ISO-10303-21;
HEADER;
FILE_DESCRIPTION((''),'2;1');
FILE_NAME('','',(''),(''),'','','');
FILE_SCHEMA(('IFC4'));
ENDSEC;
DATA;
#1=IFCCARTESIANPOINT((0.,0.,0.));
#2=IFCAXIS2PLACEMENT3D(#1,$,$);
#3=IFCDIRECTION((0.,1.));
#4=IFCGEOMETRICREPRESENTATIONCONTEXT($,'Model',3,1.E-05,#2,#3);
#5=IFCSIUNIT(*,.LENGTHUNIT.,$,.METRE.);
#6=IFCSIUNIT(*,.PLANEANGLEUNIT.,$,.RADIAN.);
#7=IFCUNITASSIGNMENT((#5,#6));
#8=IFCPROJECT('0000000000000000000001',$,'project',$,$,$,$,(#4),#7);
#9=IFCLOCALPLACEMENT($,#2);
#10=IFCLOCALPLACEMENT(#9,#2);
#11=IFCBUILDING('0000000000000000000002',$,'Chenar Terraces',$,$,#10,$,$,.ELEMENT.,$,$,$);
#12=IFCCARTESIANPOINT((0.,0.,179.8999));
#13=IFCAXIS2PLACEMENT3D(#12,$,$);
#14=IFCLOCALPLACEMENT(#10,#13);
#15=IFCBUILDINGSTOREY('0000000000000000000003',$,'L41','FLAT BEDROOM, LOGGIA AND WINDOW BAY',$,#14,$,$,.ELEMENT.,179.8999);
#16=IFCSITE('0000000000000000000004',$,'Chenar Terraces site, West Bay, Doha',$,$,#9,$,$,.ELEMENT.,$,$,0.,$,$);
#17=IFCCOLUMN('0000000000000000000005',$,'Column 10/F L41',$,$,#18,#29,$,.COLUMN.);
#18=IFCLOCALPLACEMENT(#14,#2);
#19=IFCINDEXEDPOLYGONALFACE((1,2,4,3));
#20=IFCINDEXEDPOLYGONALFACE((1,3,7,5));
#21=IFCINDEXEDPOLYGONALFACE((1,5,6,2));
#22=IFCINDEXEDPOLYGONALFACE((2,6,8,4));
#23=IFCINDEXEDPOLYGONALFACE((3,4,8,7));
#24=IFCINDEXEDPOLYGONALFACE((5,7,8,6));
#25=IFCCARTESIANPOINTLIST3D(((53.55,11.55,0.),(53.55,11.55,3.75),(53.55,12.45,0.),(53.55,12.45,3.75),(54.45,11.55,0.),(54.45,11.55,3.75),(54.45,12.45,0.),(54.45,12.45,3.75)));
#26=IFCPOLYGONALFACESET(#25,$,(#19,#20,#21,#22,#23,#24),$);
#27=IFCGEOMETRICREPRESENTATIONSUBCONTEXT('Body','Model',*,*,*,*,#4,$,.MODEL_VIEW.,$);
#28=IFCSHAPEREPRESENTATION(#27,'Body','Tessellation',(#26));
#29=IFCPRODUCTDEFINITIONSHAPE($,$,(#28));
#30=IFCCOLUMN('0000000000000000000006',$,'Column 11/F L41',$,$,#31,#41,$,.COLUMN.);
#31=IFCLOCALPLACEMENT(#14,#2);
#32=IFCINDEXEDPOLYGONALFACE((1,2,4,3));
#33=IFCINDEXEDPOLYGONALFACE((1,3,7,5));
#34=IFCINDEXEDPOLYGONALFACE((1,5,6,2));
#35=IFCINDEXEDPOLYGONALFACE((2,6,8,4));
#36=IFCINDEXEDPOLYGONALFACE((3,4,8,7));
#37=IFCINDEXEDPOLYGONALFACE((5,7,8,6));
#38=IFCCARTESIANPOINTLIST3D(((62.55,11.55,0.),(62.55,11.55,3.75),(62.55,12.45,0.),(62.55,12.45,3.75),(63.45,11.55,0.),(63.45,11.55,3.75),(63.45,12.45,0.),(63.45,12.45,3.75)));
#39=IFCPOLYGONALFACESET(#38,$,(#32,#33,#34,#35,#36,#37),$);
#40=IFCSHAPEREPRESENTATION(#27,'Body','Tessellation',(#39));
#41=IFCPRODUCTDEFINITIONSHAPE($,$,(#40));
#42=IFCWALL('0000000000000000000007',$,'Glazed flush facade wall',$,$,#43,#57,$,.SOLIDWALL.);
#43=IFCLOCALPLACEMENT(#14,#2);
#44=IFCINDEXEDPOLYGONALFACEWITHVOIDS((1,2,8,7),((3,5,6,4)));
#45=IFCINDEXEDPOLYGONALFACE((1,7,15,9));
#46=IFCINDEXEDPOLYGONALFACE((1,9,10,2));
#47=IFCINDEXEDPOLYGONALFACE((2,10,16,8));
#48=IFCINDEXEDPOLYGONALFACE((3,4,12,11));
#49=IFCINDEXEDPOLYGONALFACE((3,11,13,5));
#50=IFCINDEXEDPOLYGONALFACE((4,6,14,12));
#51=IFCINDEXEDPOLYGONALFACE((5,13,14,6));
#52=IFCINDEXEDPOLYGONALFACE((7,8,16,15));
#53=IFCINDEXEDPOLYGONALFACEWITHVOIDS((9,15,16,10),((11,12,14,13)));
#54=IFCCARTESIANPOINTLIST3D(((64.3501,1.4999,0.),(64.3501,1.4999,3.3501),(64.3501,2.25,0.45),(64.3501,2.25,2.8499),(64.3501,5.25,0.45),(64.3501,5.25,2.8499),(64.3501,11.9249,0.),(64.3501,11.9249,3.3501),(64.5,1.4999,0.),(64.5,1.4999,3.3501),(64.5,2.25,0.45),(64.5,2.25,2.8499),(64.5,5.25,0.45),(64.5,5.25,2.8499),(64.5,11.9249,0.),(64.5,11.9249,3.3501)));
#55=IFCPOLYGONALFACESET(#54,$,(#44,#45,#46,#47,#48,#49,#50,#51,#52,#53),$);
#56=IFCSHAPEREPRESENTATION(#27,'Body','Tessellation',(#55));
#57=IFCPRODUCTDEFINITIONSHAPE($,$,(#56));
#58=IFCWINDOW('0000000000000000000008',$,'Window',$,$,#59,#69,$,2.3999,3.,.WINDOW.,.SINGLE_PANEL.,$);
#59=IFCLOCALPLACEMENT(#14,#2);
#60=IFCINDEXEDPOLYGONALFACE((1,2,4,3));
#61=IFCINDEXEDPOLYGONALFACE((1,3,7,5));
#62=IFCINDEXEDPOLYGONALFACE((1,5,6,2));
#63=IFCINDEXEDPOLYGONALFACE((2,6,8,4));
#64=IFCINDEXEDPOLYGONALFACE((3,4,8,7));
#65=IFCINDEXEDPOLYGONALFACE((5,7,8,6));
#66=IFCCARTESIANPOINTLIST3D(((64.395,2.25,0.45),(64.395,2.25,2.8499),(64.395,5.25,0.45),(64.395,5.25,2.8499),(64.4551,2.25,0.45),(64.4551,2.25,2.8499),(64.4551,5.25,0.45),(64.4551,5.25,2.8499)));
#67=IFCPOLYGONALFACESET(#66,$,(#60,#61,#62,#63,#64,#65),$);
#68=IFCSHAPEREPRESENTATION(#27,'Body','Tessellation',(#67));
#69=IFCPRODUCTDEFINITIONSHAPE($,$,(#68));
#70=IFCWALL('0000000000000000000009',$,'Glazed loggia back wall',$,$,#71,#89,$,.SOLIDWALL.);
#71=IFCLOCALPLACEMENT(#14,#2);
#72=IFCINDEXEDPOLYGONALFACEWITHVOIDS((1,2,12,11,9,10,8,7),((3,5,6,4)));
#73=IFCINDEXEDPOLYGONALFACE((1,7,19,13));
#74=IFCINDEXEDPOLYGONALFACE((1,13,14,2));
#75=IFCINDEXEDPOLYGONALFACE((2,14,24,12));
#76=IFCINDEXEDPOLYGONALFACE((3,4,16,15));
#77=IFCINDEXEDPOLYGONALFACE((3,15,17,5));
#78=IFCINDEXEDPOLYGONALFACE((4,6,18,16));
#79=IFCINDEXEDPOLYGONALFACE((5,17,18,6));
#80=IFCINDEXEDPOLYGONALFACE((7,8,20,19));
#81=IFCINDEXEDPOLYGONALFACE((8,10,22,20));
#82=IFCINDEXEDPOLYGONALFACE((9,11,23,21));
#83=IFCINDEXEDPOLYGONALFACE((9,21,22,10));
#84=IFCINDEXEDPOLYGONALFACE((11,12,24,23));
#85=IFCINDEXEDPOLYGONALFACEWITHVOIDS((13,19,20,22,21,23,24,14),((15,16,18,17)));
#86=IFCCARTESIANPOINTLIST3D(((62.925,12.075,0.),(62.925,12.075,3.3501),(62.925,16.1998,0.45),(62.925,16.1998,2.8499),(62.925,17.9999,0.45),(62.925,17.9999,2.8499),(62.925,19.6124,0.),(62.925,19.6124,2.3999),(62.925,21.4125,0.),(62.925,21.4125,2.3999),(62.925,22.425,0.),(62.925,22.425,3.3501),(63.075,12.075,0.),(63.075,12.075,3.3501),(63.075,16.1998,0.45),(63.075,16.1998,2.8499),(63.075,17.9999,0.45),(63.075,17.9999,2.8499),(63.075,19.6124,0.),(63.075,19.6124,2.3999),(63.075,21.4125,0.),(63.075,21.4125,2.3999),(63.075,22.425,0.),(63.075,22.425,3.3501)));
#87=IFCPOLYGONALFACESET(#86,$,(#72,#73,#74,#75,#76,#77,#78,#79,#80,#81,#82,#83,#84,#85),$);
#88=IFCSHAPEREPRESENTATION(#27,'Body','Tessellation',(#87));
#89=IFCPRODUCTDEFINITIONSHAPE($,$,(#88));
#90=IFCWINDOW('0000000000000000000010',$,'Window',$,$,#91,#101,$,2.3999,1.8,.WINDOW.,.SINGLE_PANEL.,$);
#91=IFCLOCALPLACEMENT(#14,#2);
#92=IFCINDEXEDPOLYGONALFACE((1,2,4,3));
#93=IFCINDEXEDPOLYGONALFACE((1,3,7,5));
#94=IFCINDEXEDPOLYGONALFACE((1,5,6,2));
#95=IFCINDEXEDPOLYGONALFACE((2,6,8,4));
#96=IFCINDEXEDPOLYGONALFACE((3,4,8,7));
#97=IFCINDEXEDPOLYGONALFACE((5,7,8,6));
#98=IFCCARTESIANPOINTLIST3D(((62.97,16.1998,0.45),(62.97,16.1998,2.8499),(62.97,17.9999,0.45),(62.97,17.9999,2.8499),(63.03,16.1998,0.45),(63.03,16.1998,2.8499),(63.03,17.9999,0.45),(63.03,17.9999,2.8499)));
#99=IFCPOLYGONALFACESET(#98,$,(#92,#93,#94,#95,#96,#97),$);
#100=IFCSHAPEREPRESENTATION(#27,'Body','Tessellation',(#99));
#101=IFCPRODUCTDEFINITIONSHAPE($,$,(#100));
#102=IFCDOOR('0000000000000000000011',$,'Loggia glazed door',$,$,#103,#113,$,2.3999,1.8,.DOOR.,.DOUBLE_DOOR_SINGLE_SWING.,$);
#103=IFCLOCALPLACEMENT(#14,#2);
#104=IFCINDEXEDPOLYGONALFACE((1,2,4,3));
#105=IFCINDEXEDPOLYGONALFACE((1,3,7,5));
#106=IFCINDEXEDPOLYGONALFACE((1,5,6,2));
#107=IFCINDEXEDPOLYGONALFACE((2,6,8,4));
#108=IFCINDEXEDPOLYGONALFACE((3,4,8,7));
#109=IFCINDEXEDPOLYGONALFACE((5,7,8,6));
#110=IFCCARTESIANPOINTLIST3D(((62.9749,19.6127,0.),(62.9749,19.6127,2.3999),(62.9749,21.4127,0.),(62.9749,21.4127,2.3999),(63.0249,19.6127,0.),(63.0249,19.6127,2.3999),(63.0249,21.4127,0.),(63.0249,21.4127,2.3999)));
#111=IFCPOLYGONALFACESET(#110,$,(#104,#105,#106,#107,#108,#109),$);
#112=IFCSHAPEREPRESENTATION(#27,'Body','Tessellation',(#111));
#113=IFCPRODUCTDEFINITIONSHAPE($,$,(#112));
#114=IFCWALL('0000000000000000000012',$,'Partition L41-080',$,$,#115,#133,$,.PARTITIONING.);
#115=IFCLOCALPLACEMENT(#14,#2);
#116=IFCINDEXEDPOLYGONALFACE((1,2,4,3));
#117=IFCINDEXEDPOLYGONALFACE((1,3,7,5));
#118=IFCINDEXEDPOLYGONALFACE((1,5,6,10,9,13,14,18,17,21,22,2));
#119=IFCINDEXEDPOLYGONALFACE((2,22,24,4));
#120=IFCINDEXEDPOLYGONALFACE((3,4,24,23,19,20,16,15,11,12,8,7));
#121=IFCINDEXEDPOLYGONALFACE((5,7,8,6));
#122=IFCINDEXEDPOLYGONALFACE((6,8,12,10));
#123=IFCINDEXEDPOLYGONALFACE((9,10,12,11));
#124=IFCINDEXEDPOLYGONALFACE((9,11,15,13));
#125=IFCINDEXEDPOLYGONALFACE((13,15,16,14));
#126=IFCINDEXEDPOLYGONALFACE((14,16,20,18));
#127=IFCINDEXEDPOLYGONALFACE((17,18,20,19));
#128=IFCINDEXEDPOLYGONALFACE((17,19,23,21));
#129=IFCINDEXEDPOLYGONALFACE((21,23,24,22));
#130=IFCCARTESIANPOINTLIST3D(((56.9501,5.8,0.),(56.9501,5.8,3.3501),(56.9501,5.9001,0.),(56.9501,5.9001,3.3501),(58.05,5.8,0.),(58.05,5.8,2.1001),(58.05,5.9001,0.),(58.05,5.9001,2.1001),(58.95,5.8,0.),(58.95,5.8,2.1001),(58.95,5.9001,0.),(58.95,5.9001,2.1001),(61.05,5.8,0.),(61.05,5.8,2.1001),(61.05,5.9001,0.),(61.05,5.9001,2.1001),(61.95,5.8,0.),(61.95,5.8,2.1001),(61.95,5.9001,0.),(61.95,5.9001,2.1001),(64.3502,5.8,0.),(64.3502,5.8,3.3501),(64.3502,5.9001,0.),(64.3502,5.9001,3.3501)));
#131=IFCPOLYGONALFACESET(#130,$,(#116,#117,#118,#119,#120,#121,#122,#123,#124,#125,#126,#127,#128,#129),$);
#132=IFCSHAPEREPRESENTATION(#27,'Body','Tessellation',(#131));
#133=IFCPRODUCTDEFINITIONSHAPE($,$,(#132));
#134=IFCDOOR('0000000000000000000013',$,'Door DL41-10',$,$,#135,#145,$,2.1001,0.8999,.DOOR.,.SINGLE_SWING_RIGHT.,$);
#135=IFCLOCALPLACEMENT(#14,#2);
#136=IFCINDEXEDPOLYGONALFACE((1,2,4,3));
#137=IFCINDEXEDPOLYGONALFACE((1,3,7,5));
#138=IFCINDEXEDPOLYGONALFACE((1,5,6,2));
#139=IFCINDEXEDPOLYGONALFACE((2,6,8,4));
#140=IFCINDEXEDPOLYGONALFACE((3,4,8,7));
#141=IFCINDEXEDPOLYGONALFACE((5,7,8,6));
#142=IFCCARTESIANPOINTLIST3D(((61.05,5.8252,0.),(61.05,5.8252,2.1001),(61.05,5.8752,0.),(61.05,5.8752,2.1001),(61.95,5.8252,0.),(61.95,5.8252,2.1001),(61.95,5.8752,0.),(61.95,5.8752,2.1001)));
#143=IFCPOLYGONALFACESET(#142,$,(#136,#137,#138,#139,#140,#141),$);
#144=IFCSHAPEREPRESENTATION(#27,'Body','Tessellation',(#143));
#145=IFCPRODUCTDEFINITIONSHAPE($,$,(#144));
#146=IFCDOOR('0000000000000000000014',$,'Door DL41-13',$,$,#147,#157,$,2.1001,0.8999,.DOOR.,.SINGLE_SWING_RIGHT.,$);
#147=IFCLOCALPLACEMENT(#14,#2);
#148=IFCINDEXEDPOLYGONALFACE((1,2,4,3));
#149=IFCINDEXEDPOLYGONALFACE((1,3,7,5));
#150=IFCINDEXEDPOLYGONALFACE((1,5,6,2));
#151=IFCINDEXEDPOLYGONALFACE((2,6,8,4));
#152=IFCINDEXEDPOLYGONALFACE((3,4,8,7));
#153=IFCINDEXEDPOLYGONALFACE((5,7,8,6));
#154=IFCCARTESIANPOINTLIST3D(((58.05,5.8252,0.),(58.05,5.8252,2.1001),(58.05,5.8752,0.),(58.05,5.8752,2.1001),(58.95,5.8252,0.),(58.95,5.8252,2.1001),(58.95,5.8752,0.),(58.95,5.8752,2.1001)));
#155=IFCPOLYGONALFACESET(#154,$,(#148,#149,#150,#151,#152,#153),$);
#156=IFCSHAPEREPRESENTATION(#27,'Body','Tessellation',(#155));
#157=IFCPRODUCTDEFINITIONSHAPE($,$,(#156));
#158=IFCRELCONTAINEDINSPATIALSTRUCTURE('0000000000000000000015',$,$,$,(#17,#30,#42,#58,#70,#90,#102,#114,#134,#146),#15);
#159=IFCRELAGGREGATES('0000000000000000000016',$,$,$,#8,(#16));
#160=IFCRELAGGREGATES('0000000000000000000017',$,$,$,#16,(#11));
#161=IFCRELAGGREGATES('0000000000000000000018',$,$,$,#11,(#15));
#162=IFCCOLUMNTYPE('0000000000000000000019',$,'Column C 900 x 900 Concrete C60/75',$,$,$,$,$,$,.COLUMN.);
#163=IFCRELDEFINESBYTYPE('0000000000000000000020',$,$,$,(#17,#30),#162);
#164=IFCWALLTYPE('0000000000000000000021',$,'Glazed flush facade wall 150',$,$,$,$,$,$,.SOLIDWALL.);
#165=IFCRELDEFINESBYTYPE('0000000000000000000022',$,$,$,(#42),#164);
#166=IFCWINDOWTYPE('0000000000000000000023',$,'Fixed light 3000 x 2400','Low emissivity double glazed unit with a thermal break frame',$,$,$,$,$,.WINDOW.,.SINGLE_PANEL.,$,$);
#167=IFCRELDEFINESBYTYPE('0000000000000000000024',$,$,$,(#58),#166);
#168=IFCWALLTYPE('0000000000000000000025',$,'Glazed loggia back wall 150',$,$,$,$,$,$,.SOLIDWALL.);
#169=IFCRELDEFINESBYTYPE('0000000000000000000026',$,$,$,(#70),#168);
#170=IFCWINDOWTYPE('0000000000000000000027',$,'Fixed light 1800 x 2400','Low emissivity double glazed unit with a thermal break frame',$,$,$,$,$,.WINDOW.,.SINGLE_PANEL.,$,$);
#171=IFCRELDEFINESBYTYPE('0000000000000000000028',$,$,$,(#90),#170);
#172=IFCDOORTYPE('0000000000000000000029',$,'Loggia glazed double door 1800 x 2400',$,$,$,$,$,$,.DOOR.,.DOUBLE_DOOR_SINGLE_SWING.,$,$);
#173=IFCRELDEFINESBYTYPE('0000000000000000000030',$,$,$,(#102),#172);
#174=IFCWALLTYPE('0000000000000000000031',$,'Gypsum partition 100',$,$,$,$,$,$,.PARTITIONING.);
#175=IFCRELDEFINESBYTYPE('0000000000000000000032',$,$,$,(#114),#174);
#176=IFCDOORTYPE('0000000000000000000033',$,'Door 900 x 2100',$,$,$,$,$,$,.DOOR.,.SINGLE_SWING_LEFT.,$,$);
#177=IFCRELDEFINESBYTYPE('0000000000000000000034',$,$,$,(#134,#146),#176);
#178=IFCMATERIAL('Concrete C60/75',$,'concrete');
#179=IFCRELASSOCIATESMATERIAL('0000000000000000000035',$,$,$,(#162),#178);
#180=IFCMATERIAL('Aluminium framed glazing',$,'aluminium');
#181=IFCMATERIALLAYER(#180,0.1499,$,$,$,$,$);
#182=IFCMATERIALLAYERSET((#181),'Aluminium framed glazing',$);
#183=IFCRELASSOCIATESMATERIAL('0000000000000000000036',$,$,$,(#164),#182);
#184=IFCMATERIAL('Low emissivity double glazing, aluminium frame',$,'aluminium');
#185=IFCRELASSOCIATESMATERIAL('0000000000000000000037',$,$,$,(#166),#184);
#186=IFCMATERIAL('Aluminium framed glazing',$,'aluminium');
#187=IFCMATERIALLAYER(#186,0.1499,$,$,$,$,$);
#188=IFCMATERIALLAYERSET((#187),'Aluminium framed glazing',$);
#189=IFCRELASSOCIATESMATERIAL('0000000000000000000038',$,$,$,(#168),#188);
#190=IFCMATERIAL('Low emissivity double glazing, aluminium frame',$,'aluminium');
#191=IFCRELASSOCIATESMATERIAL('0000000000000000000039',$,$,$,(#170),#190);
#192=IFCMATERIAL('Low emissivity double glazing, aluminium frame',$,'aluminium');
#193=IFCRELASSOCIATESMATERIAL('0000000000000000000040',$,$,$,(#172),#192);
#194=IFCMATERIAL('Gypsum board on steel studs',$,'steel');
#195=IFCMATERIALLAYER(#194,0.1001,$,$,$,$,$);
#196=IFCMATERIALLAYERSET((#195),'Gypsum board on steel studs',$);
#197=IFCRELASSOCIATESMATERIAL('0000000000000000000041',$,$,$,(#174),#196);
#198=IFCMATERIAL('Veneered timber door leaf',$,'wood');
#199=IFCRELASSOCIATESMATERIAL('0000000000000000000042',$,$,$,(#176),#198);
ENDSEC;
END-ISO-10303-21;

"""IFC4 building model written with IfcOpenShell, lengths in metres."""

from ifc_helpers import new_model, si_unit, direction, frame, frame_2d, origin, origin_2d, place, context, subcontext, project, spatial, rectangle, extrude, material, layer, layer_set, material_profile, profile_set, type_object, element, fill, save


model = new_model("IFC4")

# Units and contexts
model_context = context("Model", 3, precision=1e-05, world=origin(), true_north=direction((0.0, 1.0)))
body_context = subcontext(model_context, "Body", "Model", "MODEL_VIEW")
ifc_project = project(units=[si_unit("LENGTHUNIT", "METRE"), si_unit("PLANEANGLEUNIT", "RADIAN")], contexts=[model_context])

# Site, building, storey
site_placement = place(None, origin())
site = spatial("IfcSite", under=ifc_project, at=site_placement, Name="Chenar Terraces site, West Bay, Doha", CompositionType="ELEMENT", RefElevation=0.0)
building_placement = place(site_placement, origin())
building = spatial("IfcBuilding", under=site, at=building_placement, Name="Chenar Terraces", CompositionType="ELEMENT")
storey_placement = place(building_placement, frame((0.0, 0.0, 179.8999)))
storey = spatial("IfcBuildingStorey", under=building, at=storey_placement, Name="L41", Description="FLAT BEDROOM, LOGGIA AND WINDOW BAY", CompositionType="ELEMENT", Elevation=179.8999)

# Columns
ifc_material_1 = material(Name="Concrete C60/75", Category="concrete")
ifc_material_profile_1 = material_profile(ifc_material_1, rectangle(XDim=0.8999, YDim=0.8999, at=origin_2d()), Name="C 900 x 900")
ifc_profile_set_1 = profile_set([ifc_material_profile_1], Name="Concrete C60/75")
column_type = type_object("IfcColumnType", Name="Column C 900 x 900 Concrete C60/75", PredefinedType="COLUMN", material=ifc_profile_set_1)
for number, where, z_axis, x_axis, name in (
    (1, (54.0, 12.0, 0.0), (0.0, 0.0, 1.0), (1.0, 0.0, 0.0), "Column 10/F L41"),
    (2, (63.0, 12.0, 0.0), (0.0, 0.0, 1.0), (1.0, 0.0, 0.0), "Column 11/F L41"),
):
    element("IfcColumn", number, at=place(storey_placement, frame(where, z_axis=z_axis, x_axis=x_axis)), inside=storey, type_object=column_type, Name=name, PredefinedType="COLUMN", context=body_context, shape_type="SweptSolid", body=[
        extrude(rectangle(XDim=0.8999, YDim=0.8999, at=origin_2d()), origin(), (0.0, 0.0, 1.0), 3.75),
    ])

# Wall, opening, window
ifc_material_2 = material(Name="Aluminium framed glazing", Category="aluminium")
ifc_layer_1 = layer(ifc_material_2, 0.1499)
ifc_layer_set_1 = layer_set([ifc_layer_1], Name="Aluminium framed glazing")
wall_type_1 = type_object("IfcWallType", Name="Glazed flush facade wall 150", PredefinedType="SOLIDWALL", material=ifc_layer_set_1)
wall_1_placement = place(storey_placement, frame((64.425, 1.5, 0.0), z_axis=(0.0, 0.0, 1.0), x_axis=(0.0, 1.0, 0.0)))
wall_1 = element("IfcWall", 3, at=wall_1_placement, inside=storey, type_object=wall_type_1, Name="Glazed flush facade wall", PredefinedType="SOLIDWALL", context=body_context, shape_type="SweptSolid", body=[
    extrude(rectangle(XDim=10.425, YDim=0.1499, at=frame_2d((5.2124, 0.0))), origin(), (0.0, 0.0, 1.0), 3.3501),
])
opening_1_placement = place(wall_1_placement, frame((0.75, 0.0, 0.45)))
opening_1 = element("IfcOpeningElement", 4, at=opening_1_placement, cuts=wall_1, PredefinedType="OPENING", context=body_context, shape_type="SweptSolid", body=[
    extrude(rectangle(XDim=3.0, YDim=2.3999, at=frame_2d((1.5, 1.2))), frame((0.0, 0.085, 0.0), z_axis=(0.0, -1.0, 0.0), x_axis=(1.0, 0.0, 0.0)), (0.0, 0.0, 1.0), 0.1699),
])
ifc_material_3 = material(Name="Low emissivity double glazing, aluminium frame", Category="aluminium")
window_type_1 = type_object("IfcWindowType", Name="Fixed light 3000 x 2400", Description="Low emissivity double glazed unit with a thermal break frame", PartitioningType="SINGLE_PANEL", PredefinedType="WINDOW", material=ifc_material_3)
window_1_placement = place(opening_1_placement, origin())
window_1 = element("IfcWindow", 5, at=window_1_placement, inside=storey, type_object=window_type_1, Name="Window", OverallHeight=2.3999, OverallWidth=3.0, PartitioningType="SINGLE_PANEL", PredefinedType="WINDOW", context=body_context, shape_type="SweptSolid", body=[
    extrude(rectangle(XDim=3.0, YDim=2.3999, at=frame_2d((1.5, 1.2))), frame((0.0, 0.03, 0.0), z_axis=(0.0, -1.0, 0.0), x_axis=(1.0, 0.0, 0.0)), (0.0, 0.0, 1.0), 0.0601),
])
fill(opening_1, window_1)

# Wall, openings, window, door
ifc_material_4 = material(Name="Aluminium framed glazing", Category="aluminium")
ifc_layer_2 = layer(ifc_material_4, 0.1499)
ifc_layer_set_2 = layer_set([ifc_layer_2], Name="Aluminium framed glazing")
wall_type_2 = type_object("IfcWallType", Name="Glazed loggia back wall 150", PredefinedType="SOLIDWALL", material=ifc_layer_set_2)
wall_2_placement = place(storey_placement, frame((63.0, 12.075, 0.0), z_axis=(0.0, 0.0, 1.0), x_axis=(0.0, 1.0, 0.0)))
wall_2 = element("IfcWall", 6, at=wall_2_placement, inside=storey, type_object=wall_type_2, Name="Glazed loggia back wall", PredefinedType="SOLIDWALL", context=body_context, shape_type="SweptSolid", body=[
    extrude(rectangle(XDim=10.3501, YDim=0.1499, at=frame_2d((5.175, 0.0))), origin(), (0.0, 0.0, 1.0), 3.3501),
])
opening_2_placement = place(wall_2_placement, frame((4.125, 0.0, 0.45)))
opening_2 = element("IfcOpeningElement", 7, at=opening_2_placement, cuts=wall_2, PredefinedType="OPENING", context=body_context, shape_type="SweptSolid", body=[
    extrude(rectangle(XDim=1.8, YDim=2.3999, at=frame_2d((0.8999, 1.2))), frame((0.0, 0.085, 0.0), z_axis=(0.0, -1.0, 0.0), x_axis=(1.0, 0.0, 0.0)), (0.0, 0.0, 1.0), 0.1699),
])
opening_3_placement = place(wall_2_placement, frame((7.5376, 0.0, 0.0)))
opening_3 = element("IfcOpeningElement", 8, at=opening_3_placement, cuts=wall_2, PredefinedType="OPENING", context=body_context, shape_type="SweptSolid", body=[
    extrude(rectangle(XDim=1.8, YDim=2.3999, at=frame_2d((0.8999, 1.2))), frame((0.0, 0.085, 0.0), z_axis=(0.0, -1.0, 0.0), x_axis=(1.0, 0.0, 0.0)), (0.0, 0.0, 1.0), 0.1699),
])
ifc_material_5 = material(Name="Low emissivity double glazing, aluminium frame", Category="aluminium")
window_type_2 = type_object("IfcWindowType", Name="Fixed light 1800 x 2400", Description="Low emissivity double glazed unit with a thermal break frame", PartitioningType="SINGLE_PANEL", PredefinedType="WINDOW", material=ifc_material_5)
window_2_placement = place(opening_2_placement, origin())
window_2 = element("IfcWindow", 9, at=window_2_placement, inside=storey, type_object=window_type_2, Name="Window", OverallHeight=2.3999, OverallWidth=1.8, PartitioningType="SINGLE_PANEL", PredefinedType="WINDOW", context=body_context, shape_type="SweptSolid", body=[
    extrude(rectangle(XDim=1.8, YDim=2.3999, at=frame_2d((0.8999, 1.2))), frame((0.0, 0.03, 0.0), z_axis=(0.0, -1.0, 0.0), x_axis=(1.0, 0.0, 0.0)), (0.0, 0.0, 1.0), 0.0601),
])
fill(opening_2, window_2)
ifc_material_6 = material(Name="Low emissivity double glazing, aluminium frame", Category="aluminium")
door_type_1 = type_object("IfcDoorType", Name="Loggia glazed double door 1800 x 2400", OperationType="DOUBLE_DOOR_SINGLE_SWING", PredefinedType="DOOR", material=ifc_material_6)
door_1_placement = place(opening_3_placement, frame((1.8, 0.0, 0.0), z_axis=(0.0, 0.0, 1.0), x_axis=(-1.0, 0.0, 0.0)))
door_1 = element("IfcDoor", 10, at=door_1_placement, inside=storey, type_object=door_type_1, Name="Loggia glazed door", OperationType="DOUBLE_DOOR_SINGLE_SWING", OverallHeight=2.3999, OverallWidth=1.8, PredefinedType="DOOR", context=body_context, shape_type="SweptSolid", body=[
    extrude(rectangle(XDim=1.8, YDim=2.3999, at=frame_2d((0.8999, 1.2))), frame((0.0, 0.0249, 0.0), z_axis=(0.0, -1.0, 0.0), x_axis=(1.0, 0.0, 0.0)), (0.0, 0.0, 1.0), 0.05),
])
fill(opening_3, door_1)

# Wall, openings, doors
ifc_material_7 = material(Name="Gypsum board on steel studs", Category="steel")
ifc_layer_3 = layer(ifc_material_7, 0.1001)
ifc_layer_set_3 = layer_set([ifc_layer_3], Name="Gypsum board on steel studs")
wall_type_3 = type_object("IfcWallType", Name="Gypsum partition 100", PredefinedType="PARTITIONING", material=ifc_layer_set_3)
wall_3_placement = place(storey_placement, frame((56.95, 5.8501, 0.0), z_axis=(0.0, 0.0, 1.0), x_axis=(1.0, 0.0, 0.0)))
wall_3 = element("IfcWall", 11, at=wall_3_placement, inside=storey, type_object=wall_type_3, Name="Partition L41-080", PredefinedType="PARTITIONING", context=body_context, shape_type="SweptSolid", body=[
    extrude(rectangle(XDim=7.4001, YDim=0.1001, at=frame_2d((3.7002, 0.0))), origin(), (0.0, 0.0, 1.0), 3.3501),
])
opening_4_placement = place(wall_3_placement, frame((4.1001, 0.0, 0.0)))
opening_4 = element("IfcOpeningElement", 12, at=opening_4_placement, cuts=wall_3, PredefinedType="OPENING", context=body_context, shape_type="SweptSolid", body=[
    extrude(rectangle(XDim=0.8999, YDim=2.1001, at=frame_2d((0.45, 1.05))), frame((0.0, 0.0601, 0.0), z_axis=(0.0, -1.0, 0.0), x_axis=(1.0, 0.0, 0.0)), (0.0, 0.0, 1.0), 0.1201),
])
opening_5_placement = place(wall_3_placement, frame((1.1001, 0.0, 0.0)))
opening_5 = element("IfcOpeningElement", 13, at=opening_5_placement, cuts=wall_3, PredefinedType="OPENING", context=body_context, shape_type="SweptSolid", body=[
    extrude(rectangle(XDim=0.8999, YDim=2.1001, at=frame_2d((0.45, 1.05))), frame((0.0, 0.0601, 0.0), z_axis=(0.0, -1.0, 0.0), x_axis=(1.0, 0.0, 0.0)), (0.0, 0.0, 1.0), 0.1201),
])
ifc_material_8 = material(Name="Veneered timber door leaf", Category="wood")
door_type_2 = type_object("IfcDoorType", Name="Door 900 x 2100", OperationType="SINGLE_SWING_LEFT", PredefinedType="DOOR", material=ifc_material_8)
door_2_placement = place(opening_4_placement, frame((0.8999, 0.0, 0.0), z_axis=(0.0, 0.0, 1.0), x_axis=(-1.0, 0.0, 0.0)))
door_2 = element("IfcDoor", 14, at=door_2_placement, inside=storey, type_object=door_type_2, Name="Door DL41-10", OperationType="SINGLE_SWING_RIGHT", OverallHeight=2.1001, OverallWidth=0.8999, PredefinedType="DOOR", context=body_context, shape_type="SweptSolid", body=[
    extrude(rectangle(XDim=0.8999, YDim=2.1001, at=frame_2d((0.45, 1.05))), frame((0.0, 0.0249, 0.0), z_axis=(0.0, -1.0, 0.0), x_axis=(1.0, 0.0, 0.0)), (0.0, 0.0, 1.0), 0.05),
])
fill(opening_4, door_2)
door_3_placement = place(opening_5_placement, frame((0.8999, 0.0, 0.0), z_axis=(0.0, 0.0, 1.0), x_axis=(-1.0, 0.0, 0.0)))
door_3 = element("IfcDoor", 15, at=door_3_placement, inside=storey, type_object=door_type_2, Name="Door DL41-13", OperationType="SINGLE_SWING_RIGHT", OverallHeight=2.1001, OverallWidth=0.8999, PredefinedType="DOOR", context=body_context, shape_type="SweptSolid", body=[
    extrude(rectangle(XDim=0.8999, YDim=2.1001, at=frame_2d((0.45, 1.05))), frame((0.0, 0.0249, 0.0), z_axis=(0.0, -1.0, 0.0), x_axis=(1.0, 0.0, 0.0)), (0.0, 0.0, 1.0), 0.05),
])
fill(opening_5, door_3)

save(model, "model.ifc")
